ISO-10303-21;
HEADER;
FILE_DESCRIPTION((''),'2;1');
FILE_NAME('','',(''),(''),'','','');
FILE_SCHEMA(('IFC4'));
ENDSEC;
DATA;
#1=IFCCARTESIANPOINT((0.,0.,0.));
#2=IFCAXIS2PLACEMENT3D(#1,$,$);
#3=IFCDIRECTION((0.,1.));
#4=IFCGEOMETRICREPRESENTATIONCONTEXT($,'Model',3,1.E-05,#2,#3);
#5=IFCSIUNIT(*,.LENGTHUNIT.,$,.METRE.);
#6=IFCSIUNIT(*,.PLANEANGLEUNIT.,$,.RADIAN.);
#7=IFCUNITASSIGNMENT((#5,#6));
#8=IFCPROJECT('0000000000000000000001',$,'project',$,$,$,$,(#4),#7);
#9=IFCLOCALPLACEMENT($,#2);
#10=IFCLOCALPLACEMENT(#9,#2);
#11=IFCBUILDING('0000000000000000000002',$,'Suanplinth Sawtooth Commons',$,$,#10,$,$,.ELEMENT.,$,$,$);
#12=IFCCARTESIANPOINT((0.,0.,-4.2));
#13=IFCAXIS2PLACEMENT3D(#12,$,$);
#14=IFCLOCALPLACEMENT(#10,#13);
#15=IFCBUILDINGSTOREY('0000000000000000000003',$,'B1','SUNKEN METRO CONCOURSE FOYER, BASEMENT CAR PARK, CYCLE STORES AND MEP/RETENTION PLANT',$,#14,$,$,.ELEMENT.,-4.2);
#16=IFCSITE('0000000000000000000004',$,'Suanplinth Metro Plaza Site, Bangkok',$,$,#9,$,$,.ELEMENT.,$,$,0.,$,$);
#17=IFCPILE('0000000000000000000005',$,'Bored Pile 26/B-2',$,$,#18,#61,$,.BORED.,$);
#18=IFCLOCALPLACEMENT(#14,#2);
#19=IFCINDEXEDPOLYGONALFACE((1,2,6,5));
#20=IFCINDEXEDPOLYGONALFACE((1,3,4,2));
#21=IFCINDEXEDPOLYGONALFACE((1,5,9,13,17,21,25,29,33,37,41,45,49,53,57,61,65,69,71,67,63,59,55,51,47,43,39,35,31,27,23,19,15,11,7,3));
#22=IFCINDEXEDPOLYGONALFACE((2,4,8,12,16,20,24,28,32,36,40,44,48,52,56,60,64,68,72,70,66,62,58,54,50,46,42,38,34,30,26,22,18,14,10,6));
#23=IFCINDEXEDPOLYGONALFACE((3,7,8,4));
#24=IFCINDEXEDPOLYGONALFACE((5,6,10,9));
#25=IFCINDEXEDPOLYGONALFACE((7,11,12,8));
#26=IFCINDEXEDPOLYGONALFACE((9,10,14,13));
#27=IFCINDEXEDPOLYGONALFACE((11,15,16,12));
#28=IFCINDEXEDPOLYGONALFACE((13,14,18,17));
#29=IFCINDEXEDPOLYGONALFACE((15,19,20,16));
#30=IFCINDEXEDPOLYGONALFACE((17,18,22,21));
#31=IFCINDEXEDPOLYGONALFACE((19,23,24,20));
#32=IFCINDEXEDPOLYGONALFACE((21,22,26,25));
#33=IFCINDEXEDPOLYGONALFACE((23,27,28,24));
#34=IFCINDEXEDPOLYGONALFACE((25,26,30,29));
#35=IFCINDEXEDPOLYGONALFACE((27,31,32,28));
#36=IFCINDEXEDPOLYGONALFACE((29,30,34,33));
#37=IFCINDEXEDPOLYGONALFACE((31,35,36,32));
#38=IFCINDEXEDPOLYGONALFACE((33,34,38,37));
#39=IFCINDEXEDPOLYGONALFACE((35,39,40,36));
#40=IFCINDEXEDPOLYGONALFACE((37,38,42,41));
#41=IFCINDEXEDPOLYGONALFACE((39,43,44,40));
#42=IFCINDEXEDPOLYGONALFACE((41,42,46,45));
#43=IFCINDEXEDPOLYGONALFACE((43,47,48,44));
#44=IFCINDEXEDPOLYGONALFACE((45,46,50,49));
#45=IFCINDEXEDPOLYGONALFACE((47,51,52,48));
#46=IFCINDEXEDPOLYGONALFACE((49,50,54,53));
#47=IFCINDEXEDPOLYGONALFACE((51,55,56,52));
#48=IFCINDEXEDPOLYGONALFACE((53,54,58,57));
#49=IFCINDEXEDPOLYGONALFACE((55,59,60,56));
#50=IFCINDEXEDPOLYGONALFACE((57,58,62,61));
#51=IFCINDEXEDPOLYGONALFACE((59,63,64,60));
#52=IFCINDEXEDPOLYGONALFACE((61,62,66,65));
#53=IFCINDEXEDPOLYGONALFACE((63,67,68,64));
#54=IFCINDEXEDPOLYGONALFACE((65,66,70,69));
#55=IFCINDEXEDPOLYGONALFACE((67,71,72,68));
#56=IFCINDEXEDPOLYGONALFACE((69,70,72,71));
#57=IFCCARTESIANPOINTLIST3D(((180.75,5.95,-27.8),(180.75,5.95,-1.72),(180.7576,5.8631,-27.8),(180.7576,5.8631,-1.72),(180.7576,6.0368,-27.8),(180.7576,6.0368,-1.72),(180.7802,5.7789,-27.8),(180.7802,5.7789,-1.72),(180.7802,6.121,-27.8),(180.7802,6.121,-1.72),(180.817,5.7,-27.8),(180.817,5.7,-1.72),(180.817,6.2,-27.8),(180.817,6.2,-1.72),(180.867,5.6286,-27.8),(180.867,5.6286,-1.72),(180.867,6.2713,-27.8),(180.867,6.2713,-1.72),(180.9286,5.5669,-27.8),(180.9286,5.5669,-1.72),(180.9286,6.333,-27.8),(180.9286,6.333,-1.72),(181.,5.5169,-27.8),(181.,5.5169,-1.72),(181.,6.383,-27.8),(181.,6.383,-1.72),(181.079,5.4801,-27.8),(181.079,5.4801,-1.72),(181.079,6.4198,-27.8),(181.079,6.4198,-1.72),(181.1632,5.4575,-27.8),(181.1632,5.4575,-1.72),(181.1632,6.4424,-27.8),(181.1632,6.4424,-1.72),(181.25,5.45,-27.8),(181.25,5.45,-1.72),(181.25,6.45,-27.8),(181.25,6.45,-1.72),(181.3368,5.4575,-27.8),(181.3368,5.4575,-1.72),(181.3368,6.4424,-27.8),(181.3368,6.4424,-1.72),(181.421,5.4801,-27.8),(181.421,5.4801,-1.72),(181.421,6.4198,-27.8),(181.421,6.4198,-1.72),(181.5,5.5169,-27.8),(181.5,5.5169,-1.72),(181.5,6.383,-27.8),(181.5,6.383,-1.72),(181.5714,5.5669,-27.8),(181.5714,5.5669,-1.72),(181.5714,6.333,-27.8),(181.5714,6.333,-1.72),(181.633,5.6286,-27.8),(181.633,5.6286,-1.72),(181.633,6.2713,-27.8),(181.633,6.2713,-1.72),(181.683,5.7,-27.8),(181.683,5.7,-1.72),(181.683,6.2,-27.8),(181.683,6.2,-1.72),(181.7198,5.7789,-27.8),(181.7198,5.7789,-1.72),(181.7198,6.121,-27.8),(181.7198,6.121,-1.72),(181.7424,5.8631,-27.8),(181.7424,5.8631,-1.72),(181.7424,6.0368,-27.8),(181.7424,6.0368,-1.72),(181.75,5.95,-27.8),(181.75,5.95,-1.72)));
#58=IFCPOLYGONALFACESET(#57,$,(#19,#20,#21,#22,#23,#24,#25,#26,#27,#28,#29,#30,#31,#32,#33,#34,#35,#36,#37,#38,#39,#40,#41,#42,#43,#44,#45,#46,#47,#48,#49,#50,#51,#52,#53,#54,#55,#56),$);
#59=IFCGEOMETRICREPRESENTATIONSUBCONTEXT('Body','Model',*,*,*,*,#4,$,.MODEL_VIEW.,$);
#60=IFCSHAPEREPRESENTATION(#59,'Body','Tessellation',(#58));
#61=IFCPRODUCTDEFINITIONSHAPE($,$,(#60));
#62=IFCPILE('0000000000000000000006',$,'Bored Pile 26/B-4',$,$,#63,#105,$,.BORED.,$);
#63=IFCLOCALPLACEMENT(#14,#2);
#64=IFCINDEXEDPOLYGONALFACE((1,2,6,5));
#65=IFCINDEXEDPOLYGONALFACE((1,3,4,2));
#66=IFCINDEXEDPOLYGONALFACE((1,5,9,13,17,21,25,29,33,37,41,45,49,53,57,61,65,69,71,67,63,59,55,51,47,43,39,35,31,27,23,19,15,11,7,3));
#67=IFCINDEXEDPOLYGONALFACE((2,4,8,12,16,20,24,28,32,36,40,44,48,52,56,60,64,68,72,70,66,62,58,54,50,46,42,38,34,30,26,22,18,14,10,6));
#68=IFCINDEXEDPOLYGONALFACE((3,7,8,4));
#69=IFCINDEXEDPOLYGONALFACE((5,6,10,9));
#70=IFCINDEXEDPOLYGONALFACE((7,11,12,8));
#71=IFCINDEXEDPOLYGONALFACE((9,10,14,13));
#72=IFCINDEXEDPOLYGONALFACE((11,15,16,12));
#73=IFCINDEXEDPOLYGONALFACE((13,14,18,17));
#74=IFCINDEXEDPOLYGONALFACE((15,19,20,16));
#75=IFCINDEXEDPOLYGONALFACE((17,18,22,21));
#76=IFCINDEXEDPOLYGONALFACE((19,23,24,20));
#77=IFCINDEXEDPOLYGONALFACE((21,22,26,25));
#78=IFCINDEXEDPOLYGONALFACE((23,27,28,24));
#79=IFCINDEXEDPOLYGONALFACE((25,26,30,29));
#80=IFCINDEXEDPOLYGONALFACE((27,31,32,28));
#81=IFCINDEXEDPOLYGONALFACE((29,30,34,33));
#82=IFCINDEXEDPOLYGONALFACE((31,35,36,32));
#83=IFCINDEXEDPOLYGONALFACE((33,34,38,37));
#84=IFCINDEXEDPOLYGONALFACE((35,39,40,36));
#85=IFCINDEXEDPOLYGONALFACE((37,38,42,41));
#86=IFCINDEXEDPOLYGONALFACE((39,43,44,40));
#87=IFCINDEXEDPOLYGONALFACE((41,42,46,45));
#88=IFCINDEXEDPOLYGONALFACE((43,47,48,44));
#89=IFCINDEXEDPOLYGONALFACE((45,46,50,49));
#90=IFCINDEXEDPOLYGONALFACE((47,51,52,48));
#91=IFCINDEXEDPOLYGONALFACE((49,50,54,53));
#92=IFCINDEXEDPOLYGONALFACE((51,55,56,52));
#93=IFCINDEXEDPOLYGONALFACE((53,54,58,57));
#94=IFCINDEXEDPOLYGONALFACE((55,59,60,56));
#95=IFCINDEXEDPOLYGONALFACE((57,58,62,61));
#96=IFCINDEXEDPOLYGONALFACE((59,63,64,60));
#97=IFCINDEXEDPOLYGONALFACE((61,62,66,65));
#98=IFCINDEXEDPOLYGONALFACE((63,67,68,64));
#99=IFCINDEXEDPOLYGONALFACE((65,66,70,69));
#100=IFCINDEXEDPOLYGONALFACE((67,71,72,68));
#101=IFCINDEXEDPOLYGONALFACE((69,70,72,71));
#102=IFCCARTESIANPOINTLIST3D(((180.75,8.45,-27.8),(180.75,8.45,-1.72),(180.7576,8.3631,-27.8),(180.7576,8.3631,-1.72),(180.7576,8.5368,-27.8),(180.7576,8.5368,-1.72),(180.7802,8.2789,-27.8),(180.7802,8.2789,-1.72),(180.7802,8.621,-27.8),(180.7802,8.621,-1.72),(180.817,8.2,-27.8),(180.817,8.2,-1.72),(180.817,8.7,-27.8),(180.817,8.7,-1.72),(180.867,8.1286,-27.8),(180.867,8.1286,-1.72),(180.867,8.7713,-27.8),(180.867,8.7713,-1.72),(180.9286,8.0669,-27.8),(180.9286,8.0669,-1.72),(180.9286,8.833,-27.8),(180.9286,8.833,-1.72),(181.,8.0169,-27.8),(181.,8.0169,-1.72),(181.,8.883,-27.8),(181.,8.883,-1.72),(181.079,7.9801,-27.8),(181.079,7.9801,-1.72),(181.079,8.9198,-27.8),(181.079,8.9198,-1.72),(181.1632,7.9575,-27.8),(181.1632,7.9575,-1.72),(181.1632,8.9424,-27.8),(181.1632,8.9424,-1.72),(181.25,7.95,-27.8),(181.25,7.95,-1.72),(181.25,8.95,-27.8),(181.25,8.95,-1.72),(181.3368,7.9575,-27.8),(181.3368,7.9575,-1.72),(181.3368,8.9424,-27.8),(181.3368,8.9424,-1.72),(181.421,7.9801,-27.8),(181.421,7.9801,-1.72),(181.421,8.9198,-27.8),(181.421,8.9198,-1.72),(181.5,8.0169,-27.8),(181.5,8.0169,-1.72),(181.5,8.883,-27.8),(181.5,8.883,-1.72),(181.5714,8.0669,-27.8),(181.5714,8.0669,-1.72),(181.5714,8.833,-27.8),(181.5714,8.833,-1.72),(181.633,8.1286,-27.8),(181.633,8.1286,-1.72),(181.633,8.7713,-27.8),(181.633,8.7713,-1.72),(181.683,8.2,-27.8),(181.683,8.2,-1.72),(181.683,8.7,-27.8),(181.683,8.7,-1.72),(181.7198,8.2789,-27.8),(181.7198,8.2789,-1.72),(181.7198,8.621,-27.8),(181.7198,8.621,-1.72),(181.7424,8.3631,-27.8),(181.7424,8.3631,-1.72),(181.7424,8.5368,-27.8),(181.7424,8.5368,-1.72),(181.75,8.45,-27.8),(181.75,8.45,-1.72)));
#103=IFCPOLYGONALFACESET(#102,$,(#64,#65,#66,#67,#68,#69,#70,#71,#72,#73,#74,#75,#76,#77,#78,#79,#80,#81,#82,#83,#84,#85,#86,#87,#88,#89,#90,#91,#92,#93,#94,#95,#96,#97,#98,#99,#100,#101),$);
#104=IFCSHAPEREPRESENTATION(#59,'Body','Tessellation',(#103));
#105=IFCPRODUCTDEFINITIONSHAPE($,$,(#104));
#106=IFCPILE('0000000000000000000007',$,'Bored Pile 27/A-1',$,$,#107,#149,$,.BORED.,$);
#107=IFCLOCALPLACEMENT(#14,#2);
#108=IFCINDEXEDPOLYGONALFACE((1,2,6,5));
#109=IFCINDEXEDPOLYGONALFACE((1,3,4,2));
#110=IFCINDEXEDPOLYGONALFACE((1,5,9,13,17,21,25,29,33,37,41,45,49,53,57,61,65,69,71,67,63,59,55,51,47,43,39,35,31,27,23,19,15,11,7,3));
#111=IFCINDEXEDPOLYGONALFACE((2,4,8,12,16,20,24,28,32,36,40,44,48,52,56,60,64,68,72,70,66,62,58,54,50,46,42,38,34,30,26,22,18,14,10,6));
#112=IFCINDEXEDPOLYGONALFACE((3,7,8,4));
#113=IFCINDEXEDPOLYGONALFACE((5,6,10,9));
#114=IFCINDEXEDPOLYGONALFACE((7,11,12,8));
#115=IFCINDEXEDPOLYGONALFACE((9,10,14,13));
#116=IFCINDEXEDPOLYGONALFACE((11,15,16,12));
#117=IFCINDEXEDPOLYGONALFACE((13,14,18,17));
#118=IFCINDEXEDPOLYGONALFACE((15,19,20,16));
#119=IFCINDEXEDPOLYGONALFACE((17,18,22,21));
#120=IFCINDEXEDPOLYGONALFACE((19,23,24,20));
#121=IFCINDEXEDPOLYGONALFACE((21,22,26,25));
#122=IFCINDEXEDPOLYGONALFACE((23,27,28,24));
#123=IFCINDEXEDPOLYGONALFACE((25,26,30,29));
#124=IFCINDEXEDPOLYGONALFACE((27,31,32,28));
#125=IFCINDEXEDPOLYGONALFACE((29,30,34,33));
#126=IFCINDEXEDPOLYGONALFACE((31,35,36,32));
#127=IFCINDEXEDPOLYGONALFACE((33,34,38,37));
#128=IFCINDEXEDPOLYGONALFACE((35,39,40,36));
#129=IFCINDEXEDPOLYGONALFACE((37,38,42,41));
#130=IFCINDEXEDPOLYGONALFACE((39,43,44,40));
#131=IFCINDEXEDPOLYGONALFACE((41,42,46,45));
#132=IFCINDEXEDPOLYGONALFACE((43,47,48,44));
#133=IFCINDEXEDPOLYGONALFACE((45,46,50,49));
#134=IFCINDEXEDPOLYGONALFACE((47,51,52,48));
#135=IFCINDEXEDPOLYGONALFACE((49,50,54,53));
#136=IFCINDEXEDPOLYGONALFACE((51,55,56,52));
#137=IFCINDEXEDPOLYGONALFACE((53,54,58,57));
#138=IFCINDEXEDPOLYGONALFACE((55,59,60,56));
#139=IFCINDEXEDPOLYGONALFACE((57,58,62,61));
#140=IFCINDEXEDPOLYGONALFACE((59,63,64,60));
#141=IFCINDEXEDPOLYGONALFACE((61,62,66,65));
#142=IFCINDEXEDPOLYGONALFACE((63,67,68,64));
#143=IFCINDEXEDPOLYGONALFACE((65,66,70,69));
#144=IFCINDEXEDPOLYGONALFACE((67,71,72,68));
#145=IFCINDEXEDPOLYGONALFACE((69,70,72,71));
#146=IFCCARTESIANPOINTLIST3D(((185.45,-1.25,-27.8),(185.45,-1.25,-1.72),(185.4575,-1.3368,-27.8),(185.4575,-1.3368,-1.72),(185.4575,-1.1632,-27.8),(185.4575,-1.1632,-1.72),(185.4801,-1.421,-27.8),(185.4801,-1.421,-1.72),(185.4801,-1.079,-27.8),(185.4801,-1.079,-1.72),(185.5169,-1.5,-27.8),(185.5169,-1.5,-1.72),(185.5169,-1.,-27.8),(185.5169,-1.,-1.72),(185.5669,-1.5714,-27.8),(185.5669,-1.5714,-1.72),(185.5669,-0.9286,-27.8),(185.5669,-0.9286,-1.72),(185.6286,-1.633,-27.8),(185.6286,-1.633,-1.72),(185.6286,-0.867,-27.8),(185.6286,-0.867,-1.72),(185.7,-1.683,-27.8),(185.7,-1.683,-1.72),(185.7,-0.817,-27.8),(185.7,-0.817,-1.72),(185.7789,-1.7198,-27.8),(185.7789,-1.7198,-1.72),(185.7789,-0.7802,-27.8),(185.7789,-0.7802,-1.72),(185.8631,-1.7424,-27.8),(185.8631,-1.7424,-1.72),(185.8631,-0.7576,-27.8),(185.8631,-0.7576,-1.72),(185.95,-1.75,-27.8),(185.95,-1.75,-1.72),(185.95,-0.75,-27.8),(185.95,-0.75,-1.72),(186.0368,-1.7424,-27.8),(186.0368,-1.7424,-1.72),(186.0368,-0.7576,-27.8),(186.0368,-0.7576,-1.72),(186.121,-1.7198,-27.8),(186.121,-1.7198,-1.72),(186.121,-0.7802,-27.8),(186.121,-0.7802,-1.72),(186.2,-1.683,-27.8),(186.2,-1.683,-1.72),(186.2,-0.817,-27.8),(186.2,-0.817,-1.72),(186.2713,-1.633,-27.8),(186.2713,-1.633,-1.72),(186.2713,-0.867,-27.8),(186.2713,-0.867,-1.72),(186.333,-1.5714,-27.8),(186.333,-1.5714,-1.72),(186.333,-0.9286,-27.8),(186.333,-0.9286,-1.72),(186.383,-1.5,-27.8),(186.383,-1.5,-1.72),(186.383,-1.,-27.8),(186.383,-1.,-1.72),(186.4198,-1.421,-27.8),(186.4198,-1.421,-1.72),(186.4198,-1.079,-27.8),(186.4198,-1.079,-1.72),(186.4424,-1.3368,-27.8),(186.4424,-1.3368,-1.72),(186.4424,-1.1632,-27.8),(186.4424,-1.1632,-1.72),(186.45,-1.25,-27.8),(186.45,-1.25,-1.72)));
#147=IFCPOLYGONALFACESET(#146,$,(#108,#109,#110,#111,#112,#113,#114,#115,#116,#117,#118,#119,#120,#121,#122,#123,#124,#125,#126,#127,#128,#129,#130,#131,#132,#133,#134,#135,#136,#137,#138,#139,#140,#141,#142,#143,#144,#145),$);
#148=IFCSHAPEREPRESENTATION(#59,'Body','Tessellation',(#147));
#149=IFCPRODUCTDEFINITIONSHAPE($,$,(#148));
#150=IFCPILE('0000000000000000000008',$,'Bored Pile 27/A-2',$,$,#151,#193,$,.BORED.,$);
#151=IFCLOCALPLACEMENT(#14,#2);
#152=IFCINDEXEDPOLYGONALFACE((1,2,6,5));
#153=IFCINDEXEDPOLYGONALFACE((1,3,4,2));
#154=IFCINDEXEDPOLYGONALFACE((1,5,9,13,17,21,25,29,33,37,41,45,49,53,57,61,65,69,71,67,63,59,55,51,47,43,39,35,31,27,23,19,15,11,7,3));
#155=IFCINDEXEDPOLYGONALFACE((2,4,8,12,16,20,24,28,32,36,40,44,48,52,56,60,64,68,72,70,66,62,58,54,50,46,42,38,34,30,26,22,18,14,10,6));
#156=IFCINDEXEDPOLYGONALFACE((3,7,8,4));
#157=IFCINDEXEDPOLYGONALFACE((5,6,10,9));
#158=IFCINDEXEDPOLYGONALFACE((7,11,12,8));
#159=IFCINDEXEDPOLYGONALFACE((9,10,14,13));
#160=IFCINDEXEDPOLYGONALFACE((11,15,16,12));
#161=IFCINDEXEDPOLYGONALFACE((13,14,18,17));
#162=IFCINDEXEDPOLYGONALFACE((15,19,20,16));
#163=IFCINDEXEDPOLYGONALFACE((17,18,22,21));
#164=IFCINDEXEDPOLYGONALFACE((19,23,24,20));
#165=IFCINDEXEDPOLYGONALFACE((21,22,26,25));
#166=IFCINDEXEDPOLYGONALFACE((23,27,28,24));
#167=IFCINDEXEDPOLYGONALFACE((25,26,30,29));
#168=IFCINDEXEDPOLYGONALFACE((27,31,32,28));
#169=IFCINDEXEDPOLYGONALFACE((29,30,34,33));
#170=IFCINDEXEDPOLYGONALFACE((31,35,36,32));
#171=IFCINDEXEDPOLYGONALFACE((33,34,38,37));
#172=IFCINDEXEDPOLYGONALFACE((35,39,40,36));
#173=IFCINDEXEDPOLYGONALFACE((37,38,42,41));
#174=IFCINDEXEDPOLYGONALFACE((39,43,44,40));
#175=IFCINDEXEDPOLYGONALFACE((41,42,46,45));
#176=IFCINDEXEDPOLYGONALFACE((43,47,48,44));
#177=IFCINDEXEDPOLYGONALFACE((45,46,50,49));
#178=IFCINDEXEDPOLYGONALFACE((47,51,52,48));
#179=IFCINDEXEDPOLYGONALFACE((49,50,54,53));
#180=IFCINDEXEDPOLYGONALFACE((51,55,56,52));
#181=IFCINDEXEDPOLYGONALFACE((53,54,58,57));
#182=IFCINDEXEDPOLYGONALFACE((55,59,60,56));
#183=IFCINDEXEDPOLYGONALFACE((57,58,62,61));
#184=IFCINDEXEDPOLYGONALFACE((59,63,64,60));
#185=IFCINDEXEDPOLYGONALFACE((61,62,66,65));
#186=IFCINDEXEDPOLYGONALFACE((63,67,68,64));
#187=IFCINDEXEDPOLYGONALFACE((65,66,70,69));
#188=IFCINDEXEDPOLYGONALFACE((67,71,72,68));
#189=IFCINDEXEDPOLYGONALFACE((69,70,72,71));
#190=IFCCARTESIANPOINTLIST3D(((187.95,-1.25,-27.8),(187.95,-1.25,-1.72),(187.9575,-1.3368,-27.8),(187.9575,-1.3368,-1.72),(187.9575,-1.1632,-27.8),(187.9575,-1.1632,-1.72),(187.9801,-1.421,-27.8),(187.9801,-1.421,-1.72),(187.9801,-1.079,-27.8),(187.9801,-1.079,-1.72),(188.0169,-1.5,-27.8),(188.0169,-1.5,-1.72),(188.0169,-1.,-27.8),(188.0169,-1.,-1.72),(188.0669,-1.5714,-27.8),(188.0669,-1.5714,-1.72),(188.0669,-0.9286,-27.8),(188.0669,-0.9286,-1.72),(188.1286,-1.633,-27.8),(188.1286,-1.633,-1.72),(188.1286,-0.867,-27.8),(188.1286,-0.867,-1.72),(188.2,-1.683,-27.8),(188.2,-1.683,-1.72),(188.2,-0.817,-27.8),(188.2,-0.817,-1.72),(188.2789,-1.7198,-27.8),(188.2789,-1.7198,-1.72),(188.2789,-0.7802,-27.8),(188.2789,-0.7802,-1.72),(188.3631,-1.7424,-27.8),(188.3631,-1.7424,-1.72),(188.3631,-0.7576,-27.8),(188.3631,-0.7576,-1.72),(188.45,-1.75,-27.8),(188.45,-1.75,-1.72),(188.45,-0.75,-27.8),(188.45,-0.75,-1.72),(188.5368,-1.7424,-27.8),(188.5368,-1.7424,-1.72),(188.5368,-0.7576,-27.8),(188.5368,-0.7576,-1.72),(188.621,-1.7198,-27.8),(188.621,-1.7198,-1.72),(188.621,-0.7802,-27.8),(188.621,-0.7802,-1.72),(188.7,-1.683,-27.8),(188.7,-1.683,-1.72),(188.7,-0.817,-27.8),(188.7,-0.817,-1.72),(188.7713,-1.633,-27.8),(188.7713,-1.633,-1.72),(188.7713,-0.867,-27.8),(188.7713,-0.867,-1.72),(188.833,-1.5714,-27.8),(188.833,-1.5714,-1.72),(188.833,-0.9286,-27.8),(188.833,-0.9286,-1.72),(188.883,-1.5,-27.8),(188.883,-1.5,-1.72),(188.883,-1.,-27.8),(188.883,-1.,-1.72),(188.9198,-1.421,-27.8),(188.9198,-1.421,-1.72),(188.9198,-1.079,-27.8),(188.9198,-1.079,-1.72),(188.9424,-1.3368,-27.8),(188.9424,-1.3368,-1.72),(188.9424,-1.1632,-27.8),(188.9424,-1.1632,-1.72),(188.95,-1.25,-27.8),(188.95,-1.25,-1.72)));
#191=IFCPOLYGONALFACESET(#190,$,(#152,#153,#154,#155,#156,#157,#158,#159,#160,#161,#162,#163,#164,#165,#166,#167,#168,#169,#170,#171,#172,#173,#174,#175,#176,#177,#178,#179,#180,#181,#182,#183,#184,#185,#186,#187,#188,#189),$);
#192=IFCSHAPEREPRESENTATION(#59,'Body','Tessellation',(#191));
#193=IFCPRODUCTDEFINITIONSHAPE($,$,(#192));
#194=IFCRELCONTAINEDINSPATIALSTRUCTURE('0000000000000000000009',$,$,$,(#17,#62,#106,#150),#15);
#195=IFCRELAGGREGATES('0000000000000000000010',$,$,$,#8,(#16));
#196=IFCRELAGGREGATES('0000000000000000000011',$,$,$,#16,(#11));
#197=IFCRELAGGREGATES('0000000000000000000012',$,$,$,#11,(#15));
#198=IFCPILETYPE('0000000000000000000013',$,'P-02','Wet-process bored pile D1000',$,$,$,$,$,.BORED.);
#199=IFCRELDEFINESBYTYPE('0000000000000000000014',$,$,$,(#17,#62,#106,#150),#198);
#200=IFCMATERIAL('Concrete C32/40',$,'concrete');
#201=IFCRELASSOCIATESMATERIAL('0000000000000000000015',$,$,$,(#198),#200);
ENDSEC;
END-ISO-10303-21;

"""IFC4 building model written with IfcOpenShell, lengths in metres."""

from ifc_helpers import new_model, si_unit, direction, frame, origin, origin_2d, place, context, subcontext, project, spatial, circle, extrude, material, material_profile, profile_set, type_object, element, save


model = new_model("IFC4")

# Units and contexts
model_context = context("Model", 3, precision=1e-05, world=origin(), true_north=direction((0.0, 1.0)))
body_context = subcontext(model_context, "Body", "Model", "MODEL_VIEW")
ifc_project = project(units=[si_unit("LENGTHUNIT", "METRE"), si_unit("PLANEANGLEUNIT", "RADIAN")], contexts=[model_context])

# Site, building, storey
site_placement = place(None, origin())
site = spatial("IfcSite", under=ifc_project, at=site_placement, Name="Suanplinth Metro Plaza Site, Bangkok", CompositionType="ELEMENT", RefElevation=0.0)
building_placement = place(site_placement, origin())
building = spatial("IfcBuilding", under=site, at=building_placement, Name="Suanplinth Sawtooth Commons", CompositionType="ELEMENT")
storey_placement = place(building_placement, frame((0.0, 0.0, -4.2)))
storey = spatial("IfcBuildingStorey", under=building, at=storey_placement, Name="B1", Description="SUNKEN METRO CONCOURSE FOYER, BASEMENT CAR PARK, CYCLE STORES AND MEP/RETENTION PLANT", CompositionType="ELEMENT", Elevation=-4.2)

# Piles
ifc_material_1 = material(Name="Concrete C32/40", Category="concrete")
ifc_material_profile_1 = material_profile(ifc_material_1, circle(Radius=0.5, at=origin_2d()), Name="PILE D1000")
ifc_profile_set_1 = profile_set([ifc_material_profile_1], Name="Concrete C32/40")
pile_type = type_object("IfcPileType", Name="P-02", Description="Wet-process bored pile D1000", PredefinedType="BORED", material=ifc_profile_set_1)
for number, where, z_axis, x_axis, name in (
    (1, (181.25, 5.95, -1.72), (0.0, 0.0, -1.0), (1.0, 0.0, 0.0), "Bored Pile 26/B-2"),
    (2, (181.25, 8.45, -1.72), (0.0, 0.0, -1.0), (1.0, 0.0, 0.0), "Bored Pile 26/B-4"),
    (3, (185.95, -1.25, -1.72), (0.0, 0.0, -1.0), (1.0, 0.0, 0.0), "Bored Pile 27/A-1"),
    (4, (188.45, -1.25, -1.72), (0.0, 0.0, -1.0), (1.0, 0.0, 0.0), "Bored Pile 27/A-2"),
):
    element("IfcPile", number, at=place(storey_placement, frame(where, z_axis=z_axis, x_axis=x_axis)), inside=storey, type_object=pile_type, Name=name, PredefinedType="BORED", context=body_context, shape_type="SweptSolid", body=[
        extrude(circle(Radius=0.5, at=origin_2d()), origin(), (0.0, 0.0, 1.0), 26.0801),
    ])

save(model, "model.ifc")
